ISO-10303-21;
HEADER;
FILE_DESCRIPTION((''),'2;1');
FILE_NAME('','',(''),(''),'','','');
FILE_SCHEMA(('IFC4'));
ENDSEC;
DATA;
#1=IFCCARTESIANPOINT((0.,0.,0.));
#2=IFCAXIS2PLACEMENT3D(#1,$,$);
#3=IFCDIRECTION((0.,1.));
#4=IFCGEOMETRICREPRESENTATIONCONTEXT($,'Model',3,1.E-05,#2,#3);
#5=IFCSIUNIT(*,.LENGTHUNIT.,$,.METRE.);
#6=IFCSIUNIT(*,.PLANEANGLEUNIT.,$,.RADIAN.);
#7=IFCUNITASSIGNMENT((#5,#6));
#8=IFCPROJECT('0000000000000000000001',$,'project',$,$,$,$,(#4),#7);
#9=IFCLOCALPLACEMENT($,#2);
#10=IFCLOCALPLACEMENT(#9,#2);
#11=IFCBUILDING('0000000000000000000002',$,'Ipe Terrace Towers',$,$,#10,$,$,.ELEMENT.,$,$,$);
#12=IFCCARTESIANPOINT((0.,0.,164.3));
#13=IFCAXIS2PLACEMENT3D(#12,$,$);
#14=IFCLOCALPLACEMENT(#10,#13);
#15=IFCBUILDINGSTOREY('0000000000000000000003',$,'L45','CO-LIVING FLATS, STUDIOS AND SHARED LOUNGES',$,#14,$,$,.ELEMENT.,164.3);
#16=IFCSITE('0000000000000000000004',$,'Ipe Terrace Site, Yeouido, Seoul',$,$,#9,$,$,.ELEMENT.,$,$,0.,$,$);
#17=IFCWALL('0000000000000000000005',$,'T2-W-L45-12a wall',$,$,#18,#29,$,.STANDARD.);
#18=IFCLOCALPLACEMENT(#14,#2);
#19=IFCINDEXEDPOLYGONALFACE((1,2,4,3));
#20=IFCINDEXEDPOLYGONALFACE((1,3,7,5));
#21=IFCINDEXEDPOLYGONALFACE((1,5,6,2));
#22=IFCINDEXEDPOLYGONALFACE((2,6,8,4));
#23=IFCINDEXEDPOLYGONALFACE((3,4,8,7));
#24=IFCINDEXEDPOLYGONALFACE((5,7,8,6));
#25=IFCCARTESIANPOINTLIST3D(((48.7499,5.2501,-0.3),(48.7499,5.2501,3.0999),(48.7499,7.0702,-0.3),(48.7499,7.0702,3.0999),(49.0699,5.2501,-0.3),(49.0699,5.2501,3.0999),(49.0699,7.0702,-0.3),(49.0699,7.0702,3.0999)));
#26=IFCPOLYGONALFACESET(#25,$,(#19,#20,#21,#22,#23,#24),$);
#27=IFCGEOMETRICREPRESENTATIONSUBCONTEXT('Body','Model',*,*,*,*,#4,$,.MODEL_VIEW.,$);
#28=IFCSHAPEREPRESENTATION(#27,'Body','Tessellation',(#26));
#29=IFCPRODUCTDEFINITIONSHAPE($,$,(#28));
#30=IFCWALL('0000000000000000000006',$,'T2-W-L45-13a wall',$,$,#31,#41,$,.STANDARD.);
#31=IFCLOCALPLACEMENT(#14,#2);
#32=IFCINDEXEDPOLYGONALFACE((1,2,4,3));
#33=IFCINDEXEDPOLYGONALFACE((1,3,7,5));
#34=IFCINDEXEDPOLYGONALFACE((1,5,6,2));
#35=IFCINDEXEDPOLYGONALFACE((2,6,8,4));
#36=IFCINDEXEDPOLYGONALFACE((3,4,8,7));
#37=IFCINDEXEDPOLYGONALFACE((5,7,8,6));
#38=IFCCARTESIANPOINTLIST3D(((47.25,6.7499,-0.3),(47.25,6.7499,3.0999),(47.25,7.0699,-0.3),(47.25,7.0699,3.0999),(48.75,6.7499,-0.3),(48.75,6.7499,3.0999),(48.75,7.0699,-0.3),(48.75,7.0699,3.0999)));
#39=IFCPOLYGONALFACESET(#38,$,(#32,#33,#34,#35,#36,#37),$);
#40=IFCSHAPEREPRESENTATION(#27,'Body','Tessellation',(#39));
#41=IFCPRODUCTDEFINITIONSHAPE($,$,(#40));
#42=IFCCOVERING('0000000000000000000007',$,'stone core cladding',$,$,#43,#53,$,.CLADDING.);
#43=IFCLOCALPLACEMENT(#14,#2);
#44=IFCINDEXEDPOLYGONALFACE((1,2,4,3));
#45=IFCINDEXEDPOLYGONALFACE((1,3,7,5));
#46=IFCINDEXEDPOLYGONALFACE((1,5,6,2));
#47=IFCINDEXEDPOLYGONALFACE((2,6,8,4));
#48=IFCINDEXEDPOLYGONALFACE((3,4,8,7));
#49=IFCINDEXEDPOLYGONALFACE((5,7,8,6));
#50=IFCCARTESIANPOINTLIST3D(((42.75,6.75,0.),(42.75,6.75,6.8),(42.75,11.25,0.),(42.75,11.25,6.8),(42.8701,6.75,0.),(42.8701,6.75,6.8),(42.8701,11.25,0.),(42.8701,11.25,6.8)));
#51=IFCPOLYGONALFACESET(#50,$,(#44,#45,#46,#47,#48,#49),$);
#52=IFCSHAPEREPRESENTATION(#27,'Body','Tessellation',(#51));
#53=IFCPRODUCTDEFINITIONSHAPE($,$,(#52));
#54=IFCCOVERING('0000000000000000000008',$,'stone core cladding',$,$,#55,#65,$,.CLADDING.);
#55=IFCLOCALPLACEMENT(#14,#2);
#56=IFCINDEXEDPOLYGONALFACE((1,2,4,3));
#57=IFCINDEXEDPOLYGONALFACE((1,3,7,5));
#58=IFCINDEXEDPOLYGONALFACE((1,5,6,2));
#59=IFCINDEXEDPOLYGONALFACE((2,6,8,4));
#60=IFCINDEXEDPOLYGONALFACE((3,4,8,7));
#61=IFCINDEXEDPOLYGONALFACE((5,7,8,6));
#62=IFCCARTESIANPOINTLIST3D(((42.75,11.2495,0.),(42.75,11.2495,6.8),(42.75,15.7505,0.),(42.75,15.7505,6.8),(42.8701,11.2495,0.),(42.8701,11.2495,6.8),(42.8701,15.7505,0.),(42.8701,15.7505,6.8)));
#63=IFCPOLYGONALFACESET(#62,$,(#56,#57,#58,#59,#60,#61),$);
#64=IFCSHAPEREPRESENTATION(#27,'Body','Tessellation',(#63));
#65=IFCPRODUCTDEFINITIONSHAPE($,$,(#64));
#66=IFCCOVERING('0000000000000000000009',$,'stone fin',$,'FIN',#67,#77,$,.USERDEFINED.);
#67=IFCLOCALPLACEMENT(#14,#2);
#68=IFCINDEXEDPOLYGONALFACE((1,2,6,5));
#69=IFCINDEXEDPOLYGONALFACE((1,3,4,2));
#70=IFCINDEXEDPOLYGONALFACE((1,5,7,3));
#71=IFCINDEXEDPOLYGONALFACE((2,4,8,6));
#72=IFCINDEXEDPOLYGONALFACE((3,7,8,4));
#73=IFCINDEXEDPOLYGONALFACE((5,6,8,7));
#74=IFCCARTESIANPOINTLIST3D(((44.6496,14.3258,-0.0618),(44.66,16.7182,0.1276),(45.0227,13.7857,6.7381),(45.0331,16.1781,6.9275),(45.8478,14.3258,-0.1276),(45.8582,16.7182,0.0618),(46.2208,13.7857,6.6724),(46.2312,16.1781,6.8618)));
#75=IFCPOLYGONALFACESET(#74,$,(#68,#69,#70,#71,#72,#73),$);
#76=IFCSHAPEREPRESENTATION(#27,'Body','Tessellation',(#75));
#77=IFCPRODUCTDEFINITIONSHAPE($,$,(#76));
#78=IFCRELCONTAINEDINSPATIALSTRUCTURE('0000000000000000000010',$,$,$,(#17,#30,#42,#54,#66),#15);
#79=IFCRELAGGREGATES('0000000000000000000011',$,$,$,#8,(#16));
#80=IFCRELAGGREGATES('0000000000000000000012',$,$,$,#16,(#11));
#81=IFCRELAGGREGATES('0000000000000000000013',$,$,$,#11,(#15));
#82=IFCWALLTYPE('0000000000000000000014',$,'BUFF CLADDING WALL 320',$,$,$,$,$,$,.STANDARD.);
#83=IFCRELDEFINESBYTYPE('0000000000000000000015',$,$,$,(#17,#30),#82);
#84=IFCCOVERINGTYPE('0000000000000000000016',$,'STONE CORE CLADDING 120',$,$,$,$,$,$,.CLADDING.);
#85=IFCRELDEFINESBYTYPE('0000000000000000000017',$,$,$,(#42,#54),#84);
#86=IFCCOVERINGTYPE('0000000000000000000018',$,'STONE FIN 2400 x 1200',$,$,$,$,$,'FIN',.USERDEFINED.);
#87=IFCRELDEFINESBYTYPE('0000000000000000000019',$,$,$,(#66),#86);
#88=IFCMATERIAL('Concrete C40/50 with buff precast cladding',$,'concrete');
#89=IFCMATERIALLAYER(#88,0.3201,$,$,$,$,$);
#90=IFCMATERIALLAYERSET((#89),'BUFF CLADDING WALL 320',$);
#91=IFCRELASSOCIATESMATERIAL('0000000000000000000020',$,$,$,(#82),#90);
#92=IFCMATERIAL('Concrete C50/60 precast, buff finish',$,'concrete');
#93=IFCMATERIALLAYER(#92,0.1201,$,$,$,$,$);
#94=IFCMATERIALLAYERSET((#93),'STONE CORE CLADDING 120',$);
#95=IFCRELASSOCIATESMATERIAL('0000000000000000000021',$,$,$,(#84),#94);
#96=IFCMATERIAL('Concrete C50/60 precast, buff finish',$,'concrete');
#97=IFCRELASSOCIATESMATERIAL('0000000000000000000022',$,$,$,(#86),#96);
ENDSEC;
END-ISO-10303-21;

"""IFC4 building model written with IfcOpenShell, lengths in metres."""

from ifc_helpers import new_model, si_unit, direction, frame, frame_2d, origin, origin_2d, place, context, subcontext, project, spatial, rectangle, extrude, material, layer, layer_set, material_profile, profile_set, type_object, element, save


model = new_model("IFC4")

# Units and contexts
model_context = context("Model", 3, precision=1e-05, world=origin(), true_north=direction((0.0, 1.0)))
body_context = subcontext(model_context, "Body", "Model", "MODEL_VIEW")
ifc_project = project(units=[si_unit("LENGTHUNIT", "METRE"), si_unit("PLANEANGLEUNIT", "RADIAN")], contexts=[model_context])

# Site, building, storey
site_placement = place(None, origin())
site = spatial("IfcSite", under=ifc_project, at=site_placement, Name="Ipe Terrace Site, Yeouido, Seoul", CompositionType="ELEMENT", RefElevation=0.0)
building_placement = place(site_placement, origin())
building = spatial("IfcBuilding", under=site, at=building_placement, Name="Ipe Terrace Towers", CompositionType="ELEMENT")
storey_placement = place(building_placement, frame((0.0, 0.0, 164.3)))
storey = spatial("IfcBuildingStorey", under=building, at=storey_placement, Name="L45", Description="CO-LIVING FLATS, STUDIOS AND SHARED LOUNGES", CompositionType="ELEMENT", Elevation=164.3)

# Walls
ifc_material_1 = material(Name="Concrete C40/50 with buff precast cladding", Category="concrete")
ifc_layer_1 = layer(ifc_material_1, 0.3201)
ifc_layer_set_1 = layer_set([ifc_layer_1], Name="BUFF CLADDING WALL 320")
wall_type = type_object("IfcWallType", Name="BUFF CLADDING WALL 320", PredefinedType="STANDARD", material=ifc_layer_set_1)
wall_1_placement = place(storey_placement, frame((48.9099, 5.25, -0.3), z_axis=(0.0, 0.0, 1.0), x_axis=(0.0, 1.0, 0.0)))
element("IfcWall", 1, at=wall_1_placement, inside=storey, type_object=wall_type, Name="T2-W-L45-12a wall", PredefinedType="STANDARD", context=body_context, shape_type="SweptSolid", body=[
    extrude(rectangle(XDim=1.8201, YDim=0.3201, at=frame_2d((0.9102, 0.0))), origin(), (0.0, 0.0, 1.0), 3.3999),
])
wall_2_placement = place(storey_placement, frame((48.75, 6.9099, -0.3), z_axis=(0.0, 0.0, 1.0), x_axis=(-1.0, 0.0, 0.0)))
element("IfcWall", 2, at=wall_2_placement, inside=storey, type_object=wall_type, Name="T2-W-L45-13a wall", PredefinedType="STANDARD", context=body_context, shape_type="SweptSolid", body=[
    extrude(rectangle(XDim=1.5, YDim=0.3201, at=frame_2d((0.75, 0.0))), origin(), (0.0, 0.0, 1.0), 3.3999),
])

# Coverings
ifc_material_2 = material(Name="Concrete C50/60 precast, buff finish", Category="concrete")
ifc_layer_2 = layer(ifc_material_2, 0.1201)
ifc_layer_set_2 = layer_set([ifc_layer_2], Name="STONE CORE CLADDING 120")
covering_type_1 = type_object("IfcCoveringType", Name="STONE CORE CLADDING 120", PredefinedType="CLADDING", material=ifc_layer_set_2)
covering_1_placement = place(storey_placement, frame((42.8101, 9.0, 0.0), z_axis=(0.0, 0.0, 1.0), x_axis=(0.0, 1.0, 0.0)))
element("IfcCovering", 3, at=covering_1_placement, inside=storey, type_object=covering_type_1, Name="stone core cladding", PredefinedType="CLADDING", context=body_context, shape_type="SweptSolid", body=[
    extrude(rectangle(XDim=4.5, YDim=0.1201, at=origin_2d()), origin(), (0.0, 0.0, 1.0), 6.8),
])
covering_2_placement = place(storey_placement, frame((42.8101, 13.5, 0.0), z_axis=(0.0, 0.0, 1.0), x_axis=(0.0, 1.0, 0.0)))
element("IfcCovering", 4, at=covering_2_placement, inside=storey, type_object=covering_type_1, Name="stone core cladding", PredefinedType="CLADDING", context=body_context, shape_type="SweptSolid", body=[
    extrude(rectangle(XDim=4.501, YDim=0.1201, at=origin_2d()), origin(), (0.0, 0.0, 1.0), 6.8),
])
ifc_material_3 = material(Name="Concrete C50/60 precast, buff finish", Category="concrete")
ifc_material_profile_1 = material_profile(ifc_material_3, rectangle(XDim=2.3999, YDim=1.2, at=origin_2d()), Name="STONE FIN 2400 x 1200")
ifc_profile_set_1 = profile_set([ifc_material_profile_1], Name="Concrete C50/60 precast, buff finish")
covering_type_2 = type_object("IfcCoveringType", Name="STONE FIN 2400 x 1200", ElementType="FIN", PredefinedType="USERDEFINED", material=ifc_profile_set_1)
covering_3_placement = place(storey_placement, frame((45.2539, 15.522, 0.0), z_axis=(0.054606, -0.07905, 0.995374), x_axis=(0.00433, 0.996871, 0.078931)))
element("IfcCovering", 5, at=covering_3_placement, inside=storey, type_object=covering_type_2, Name="stone fin", ObjectType="FIN", PredefinedType="USERDEFINED", context=body_context, shape_type="SweptSolid", body=[
    extrude(rectangle(XDim=2.3999, YDim=1.2, at=origin_2d()), origin(), (0.0, 0.0, 1.0), 6.8315),
])

save(model, "model.ifc")
